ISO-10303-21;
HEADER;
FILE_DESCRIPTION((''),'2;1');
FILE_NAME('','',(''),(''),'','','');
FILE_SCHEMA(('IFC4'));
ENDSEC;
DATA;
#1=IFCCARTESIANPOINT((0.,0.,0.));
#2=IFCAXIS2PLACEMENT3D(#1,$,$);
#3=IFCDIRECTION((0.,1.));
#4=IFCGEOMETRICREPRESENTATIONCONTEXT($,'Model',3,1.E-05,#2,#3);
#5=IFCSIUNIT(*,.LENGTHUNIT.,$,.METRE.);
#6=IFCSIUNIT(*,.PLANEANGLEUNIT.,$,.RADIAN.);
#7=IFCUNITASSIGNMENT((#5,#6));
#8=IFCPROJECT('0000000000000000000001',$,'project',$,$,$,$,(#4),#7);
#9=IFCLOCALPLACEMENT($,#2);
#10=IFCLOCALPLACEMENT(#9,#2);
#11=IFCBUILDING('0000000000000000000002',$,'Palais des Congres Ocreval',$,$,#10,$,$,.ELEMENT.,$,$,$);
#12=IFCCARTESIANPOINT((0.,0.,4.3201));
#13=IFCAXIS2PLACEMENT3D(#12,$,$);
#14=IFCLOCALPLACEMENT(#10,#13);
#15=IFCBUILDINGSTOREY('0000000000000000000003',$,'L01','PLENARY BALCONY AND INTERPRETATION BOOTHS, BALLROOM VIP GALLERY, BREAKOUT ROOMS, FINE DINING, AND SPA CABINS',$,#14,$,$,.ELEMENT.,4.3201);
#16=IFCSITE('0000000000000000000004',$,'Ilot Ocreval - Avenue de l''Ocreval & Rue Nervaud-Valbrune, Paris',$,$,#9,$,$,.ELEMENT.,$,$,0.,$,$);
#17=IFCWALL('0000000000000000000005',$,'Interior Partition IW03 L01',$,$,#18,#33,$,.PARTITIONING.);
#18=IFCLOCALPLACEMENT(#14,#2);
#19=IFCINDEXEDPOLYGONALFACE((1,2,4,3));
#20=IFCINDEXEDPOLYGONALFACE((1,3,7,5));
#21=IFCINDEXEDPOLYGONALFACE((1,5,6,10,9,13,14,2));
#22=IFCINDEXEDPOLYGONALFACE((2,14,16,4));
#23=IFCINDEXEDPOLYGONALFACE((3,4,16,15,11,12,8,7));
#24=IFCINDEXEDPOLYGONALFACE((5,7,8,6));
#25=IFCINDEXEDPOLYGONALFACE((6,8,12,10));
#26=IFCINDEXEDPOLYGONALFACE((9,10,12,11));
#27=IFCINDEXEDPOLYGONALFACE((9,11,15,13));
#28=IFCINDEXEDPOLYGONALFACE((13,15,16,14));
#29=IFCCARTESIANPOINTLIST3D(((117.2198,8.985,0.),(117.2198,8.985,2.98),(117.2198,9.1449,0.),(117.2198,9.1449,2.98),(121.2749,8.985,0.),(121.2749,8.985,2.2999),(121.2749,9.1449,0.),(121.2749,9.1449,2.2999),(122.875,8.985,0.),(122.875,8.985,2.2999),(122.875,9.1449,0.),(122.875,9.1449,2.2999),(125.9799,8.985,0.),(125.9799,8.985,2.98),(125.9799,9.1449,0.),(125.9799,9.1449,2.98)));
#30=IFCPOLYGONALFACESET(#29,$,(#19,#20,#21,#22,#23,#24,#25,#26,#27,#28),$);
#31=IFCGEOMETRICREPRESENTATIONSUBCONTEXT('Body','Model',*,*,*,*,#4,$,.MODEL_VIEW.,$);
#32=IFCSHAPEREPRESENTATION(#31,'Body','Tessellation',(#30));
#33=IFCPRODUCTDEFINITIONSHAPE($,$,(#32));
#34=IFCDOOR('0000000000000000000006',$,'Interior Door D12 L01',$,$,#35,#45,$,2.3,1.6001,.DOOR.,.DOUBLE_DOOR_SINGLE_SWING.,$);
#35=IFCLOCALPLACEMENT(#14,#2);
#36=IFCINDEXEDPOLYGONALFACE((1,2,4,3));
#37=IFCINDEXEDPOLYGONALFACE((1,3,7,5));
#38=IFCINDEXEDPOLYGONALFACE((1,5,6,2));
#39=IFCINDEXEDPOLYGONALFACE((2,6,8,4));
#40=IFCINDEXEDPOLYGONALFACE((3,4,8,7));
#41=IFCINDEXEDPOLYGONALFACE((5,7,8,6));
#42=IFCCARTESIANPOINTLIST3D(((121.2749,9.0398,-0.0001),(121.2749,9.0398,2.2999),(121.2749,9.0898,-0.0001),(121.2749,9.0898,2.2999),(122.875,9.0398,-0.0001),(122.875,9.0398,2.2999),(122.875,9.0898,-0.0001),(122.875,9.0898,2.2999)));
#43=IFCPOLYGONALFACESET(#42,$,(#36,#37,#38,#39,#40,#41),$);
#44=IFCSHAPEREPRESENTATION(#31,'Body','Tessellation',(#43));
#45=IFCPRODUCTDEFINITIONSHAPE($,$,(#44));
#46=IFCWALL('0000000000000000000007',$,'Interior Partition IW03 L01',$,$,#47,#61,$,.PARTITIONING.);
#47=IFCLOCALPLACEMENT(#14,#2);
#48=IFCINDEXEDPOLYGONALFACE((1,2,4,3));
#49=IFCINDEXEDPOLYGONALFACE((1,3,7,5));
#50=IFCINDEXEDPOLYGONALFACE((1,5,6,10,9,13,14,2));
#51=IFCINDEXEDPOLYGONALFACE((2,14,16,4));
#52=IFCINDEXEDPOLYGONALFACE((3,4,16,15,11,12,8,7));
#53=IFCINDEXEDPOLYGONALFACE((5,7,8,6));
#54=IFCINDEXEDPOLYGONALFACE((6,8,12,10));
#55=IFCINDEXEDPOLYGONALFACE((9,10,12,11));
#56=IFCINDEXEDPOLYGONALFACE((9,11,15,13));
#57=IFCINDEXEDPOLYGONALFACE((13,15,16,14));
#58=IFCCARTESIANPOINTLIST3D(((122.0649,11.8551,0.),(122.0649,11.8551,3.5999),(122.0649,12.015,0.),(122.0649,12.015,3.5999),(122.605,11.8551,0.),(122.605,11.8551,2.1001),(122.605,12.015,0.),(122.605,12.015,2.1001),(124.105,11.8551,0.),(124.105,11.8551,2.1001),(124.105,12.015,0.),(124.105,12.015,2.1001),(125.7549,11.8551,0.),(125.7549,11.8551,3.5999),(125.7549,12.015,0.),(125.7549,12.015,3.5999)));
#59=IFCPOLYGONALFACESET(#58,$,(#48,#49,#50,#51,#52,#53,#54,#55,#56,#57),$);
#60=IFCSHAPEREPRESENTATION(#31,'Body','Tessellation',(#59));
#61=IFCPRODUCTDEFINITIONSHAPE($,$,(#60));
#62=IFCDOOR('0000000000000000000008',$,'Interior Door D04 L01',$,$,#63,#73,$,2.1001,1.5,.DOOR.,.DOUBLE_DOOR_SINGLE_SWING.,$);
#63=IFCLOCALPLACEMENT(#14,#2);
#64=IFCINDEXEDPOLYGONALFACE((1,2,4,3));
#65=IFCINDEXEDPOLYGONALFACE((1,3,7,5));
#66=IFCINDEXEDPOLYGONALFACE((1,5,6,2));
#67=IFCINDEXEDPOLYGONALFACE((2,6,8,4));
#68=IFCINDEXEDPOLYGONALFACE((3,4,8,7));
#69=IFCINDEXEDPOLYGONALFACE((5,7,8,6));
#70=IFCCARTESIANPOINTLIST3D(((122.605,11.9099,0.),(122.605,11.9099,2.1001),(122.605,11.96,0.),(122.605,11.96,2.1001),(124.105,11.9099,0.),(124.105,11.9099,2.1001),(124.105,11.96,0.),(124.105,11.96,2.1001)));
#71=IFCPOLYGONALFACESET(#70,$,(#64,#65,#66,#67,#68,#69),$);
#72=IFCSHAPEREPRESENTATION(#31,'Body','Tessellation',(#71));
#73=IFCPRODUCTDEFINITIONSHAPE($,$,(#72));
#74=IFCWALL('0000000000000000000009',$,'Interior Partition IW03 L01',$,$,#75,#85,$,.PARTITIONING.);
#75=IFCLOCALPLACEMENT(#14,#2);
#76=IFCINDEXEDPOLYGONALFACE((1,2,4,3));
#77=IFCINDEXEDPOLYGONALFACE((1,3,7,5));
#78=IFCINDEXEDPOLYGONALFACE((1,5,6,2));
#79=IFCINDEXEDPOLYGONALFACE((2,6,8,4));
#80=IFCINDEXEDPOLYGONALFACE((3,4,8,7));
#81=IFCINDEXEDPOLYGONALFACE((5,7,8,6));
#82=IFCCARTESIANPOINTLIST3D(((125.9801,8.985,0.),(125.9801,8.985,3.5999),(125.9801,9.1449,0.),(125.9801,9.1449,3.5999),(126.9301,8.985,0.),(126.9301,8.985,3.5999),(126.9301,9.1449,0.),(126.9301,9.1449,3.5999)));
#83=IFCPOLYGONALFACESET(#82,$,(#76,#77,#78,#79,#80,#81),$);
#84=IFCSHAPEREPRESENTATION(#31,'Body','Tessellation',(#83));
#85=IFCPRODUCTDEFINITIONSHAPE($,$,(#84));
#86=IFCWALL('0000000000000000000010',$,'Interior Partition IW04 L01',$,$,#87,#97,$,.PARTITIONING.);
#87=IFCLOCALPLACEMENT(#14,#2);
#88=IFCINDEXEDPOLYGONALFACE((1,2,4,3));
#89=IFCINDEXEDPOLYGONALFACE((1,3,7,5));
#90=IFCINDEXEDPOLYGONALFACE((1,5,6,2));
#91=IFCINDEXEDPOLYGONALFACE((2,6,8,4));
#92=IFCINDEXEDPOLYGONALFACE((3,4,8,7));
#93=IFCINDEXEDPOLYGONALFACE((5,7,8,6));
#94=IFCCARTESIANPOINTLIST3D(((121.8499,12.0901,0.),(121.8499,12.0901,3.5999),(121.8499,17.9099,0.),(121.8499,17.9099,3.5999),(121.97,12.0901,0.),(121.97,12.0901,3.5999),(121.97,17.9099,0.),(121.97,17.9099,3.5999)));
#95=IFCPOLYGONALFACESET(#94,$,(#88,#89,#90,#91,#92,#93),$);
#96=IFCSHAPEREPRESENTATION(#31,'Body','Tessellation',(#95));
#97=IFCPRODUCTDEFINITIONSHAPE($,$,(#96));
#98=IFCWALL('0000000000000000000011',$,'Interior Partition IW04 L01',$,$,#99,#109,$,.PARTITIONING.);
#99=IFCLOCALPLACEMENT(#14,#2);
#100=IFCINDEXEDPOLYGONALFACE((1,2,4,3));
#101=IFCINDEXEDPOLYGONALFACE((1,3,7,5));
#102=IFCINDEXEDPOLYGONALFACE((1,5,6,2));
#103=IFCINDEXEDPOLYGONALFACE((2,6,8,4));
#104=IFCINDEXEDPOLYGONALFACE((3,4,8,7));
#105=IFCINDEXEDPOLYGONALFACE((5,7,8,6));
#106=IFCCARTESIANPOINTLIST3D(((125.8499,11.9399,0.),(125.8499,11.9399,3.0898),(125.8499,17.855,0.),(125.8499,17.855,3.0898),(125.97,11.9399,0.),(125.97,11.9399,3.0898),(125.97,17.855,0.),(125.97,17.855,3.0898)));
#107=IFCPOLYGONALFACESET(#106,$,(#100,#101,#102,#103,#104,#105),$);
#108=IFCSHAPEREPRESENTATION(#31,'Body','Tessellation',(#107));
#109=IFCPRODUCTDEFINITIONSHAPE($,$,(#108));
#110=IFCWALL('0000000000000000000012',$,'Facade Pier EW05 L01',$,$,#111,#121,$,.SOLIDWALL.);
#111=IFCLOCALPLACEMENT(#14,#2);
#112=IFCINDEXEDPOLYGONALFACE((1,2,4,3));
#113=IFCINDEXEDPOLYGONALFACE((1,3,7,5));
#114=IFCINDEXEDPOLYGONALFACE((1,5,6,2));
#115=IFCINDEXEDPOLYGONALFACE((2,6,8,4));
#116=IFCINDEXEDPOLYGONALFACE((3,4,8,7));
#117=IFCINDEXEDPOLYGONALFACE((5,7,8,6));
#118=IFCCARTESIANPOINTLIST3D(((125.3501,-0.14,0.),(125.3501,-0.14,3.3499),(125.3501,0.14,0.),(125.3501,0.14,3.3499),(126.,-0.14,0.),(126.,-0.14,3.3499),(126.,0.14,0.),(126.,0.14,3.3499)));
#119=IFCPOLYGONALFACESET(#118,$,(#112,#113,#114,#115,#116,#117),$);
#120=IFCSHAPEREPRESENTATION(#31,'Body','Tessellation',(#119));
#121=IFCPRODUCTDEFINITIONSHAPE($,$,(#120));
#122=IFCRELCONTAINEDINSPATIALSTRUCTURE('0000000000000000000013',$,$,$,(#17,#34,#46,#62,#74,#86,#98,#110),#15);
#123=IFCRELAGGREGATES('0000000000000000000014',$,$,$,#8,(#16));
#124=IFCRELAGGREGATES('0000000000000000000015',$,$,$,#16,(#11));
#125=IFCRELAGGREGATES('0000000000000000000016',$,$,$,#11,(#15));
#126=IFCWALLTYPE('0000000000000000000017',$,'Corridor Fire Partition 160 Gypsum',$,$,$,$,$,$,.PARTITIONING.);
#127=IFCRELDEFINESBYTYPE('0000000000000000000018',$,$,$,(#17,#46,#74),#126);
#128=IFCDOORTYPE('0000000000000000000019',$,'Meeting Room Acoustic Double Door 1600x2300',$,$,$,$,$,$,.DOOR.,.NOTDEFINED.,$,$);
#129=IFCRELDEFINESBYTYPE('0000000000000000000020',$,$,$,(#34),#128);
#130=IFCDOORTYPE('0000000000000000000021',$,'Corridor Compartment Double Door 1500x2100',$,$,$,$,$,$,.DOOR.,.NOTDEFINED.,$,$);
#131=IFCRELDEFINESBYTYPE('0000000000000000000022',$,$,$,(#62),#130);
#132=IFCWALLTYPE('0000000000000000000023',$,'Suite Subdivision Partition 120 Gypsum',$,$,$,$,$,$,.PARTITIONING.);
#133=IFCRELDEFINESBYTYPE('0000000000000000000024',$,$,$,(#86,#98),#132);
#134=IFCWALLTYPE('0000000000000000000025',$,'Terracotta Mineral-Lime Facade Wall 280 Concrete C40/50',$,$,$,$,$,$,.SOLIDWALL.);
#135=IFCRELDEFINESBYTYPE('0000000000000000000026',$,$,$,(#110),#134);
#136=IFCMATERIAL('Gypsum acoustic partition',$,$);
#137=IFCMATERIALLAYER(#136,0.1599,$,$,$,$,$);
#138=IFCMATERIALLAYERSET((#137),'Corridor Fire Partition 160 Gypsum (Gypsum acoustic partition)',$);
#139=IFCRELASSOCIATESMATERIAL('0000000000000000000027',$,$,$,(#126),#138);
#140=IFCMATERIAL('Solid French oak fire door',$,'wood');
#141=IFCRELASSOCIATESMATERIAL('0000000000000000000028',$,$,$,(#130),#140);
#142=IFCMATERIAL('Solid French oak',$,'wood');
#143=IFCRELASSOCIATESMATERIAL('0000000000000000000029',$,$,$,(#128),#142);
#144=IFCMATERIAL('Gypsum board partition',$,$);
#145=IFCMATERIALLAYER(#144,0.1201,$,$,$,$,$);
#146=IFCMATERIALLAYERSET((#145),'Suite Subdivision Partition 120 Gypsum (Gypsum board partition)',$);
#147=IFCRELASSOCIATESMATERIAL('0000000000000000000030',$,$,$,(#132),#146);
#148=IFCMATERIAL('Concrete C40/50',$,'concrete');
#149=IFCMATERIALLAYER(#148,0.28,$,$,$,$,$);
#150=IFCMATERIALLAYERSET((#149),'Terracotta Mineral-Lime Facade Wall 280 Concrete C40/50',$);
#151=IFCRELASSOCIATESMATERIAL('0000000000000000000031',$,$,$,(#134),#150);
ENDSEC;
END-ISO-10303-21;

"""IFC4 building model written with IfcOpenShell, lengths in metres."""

from ifc_helpers import new_model, si_unit, direction, frame, frame_2d, origin, place, context, subcontext, project, spatial, rectangle, extrude, material, layer, layer_set, type_object, element, fill, save


model = new_model("IFC4")

# Units and contexts
model_context = context("Model", 3, precision=1e-05, world=origin(), true_north=direction((0.0, 1.0)))
body_context = subcontext(model_context, "Body", "Model", "MODEL_VIEW")
ifc_project = project(units=[si_unit("LENGTHUNIT", "METRE"), si_unit("PLANEANGLEUNIT", "RADIAN")], contexts=[model_context])

# Site, building, storey
site_placement = place(None, origin())
site = spatial("IfcSite", under=ifc_project, at=site_placement, Name="Ilot Ocreval - Avenue de l'Ocreval & Rue Nervaud-Valbrune, Paris", CompositionType="ELEMENT", RefElevation=0.0)
building_placement = place(site_placement, origin())
building = spatial("IfcBuilding", under=site, at=building_placement, Name="Palais des Congres Ocreval", CompositionType="ELEMENT")
storey_placement = place(building_placement, frame((0.0, 0.0, 4.3201)))
storey = spatial("IfcBuildingStorey", under=building, at=storey_placement, Name="L01", Description="PLENARY BALCONY AND INTERPRETATION BOOTHS, BALLROOM VIP GALLERY, BREAKOUT ROOMS, FINE DINING, AND SPA CABINS", CompositionType="ELEMENT", Elevation=4.3201)

# Shared definitions
ifc_material_1 = material(Name="Gypsum acoustic partition")
ifc_layer_1 = layer(ifc_material_1, 0.1599)
ifc_layer_set_1 = layer_set([ifc_layer_1], Name="Corridor Fire Partition 160 Gypsum (Gypsum acoustic partition)")
wall_type_1 = type_object("IfcWallType", Name="Corridor Fire Partition 160 Gypsum", PredefinedType="PARTITIONING", material=ifc_layer_set_1)

# Walls, openings, doors
ifc_material_2 = material(Name="Solid French oak fire door", Category="wood")
door_type_1 = type_object("IfcDoorType", Name="Corridor Compartment Double Door 1500x2100", OperationType="NOTDEFINED", PredefinedType="DOOR", material=ifc_material_2)
wall_1_placement = place(storey_placement, frame((117.22, 9.0649, 0.0), z_axis=(0.0, 0.0, 1.0), x_axis=(1.0, 0.0, 0.0)))
wall_1 = element("IfcWall", 1, at=wall_1_placement, inside=storey, type_object=wall_type_1, Name="Interior Partition IW03 L01", PredefinedType="PARTITIONING", context=body_context, shape_type="SweptSolid", body=[
    extrude(rectangle(XDim=8.76, YDim=0.1599, at=frame_2d((4.3799, 0.0))), origin(), (0.0, 0.0, 1.0), 2.98),
])
opening_1_placement = place(wall_1_placement, frame((4.0549, 0.0, 0.0)))
opening_1 = element("IfcOpeningElement", 2, at=opening_1_placement, cuts=wall_1, PredefinedType="OPENING", context=body_context, shape_type="SweptSolid", body=[
    extrude(rectangle(XDim=1.6001, YDim=2.3, at=frame_2d((0.8, 1.1499))), frame((0.0, 0.0898, 0.0), z_axis=(0.0, -1.0, 0.0), x_axis=(1.0, 0.0, 0.0)), (0.0, 0.0, 1.0), 0.1799),
])
ifc_material_3 = material(Name="Solid French oak", Category="wood")
door_type_2 = type_object("IfcDoorType", Name="Meeting Room Acoustic Double Door 1600x2300", OperationType="NOTDEFINED", PredefinedType="DOOR", material=ifc_material_3)
door_1_placement = place(opening_1_placement, origin())
door_1 = element("IfcDoor", 3, at=door_1_placement, inside=storey, type_object=door_type_2, Name="Interior Door D12 L01", OperationType="DOUBLE_DOOR_SINGLE_SWING", OverallHeight=2.3, OverallWidth=1.6001, PredefinedType="DOOR", context=body_context, shape_type="SweptSolid", body=[
    extrude(rectangle(XDim=1.6001, YDim=2.3, at=frame_2d((0.8, 1.1499))), frame((0.0, 0.0249, 0.0), z_axis=(0.0, -1.0, 0.0), x_axis=(1.0, 0.0, 0.0)), (0.0, 0.0, 1.0), 0.05),
])
fill(opening_1, door_1)
wall_2_placement = place(storey_placement, frame((122.0649, 11.9351, 0.0), z_axis=(0.0, 0.0, 1.0), x_axis=(1.0, 0.0, 0.0)))
wall_2 = element("IfcWall", 4, at=wall_2_placement, inside=storey, type_object=wall_type_1, Name="Interior Partition IW03 L01", PredefinedType="PARTITIONING", context=body_context, shape_type="SweptSolid", body=[
    extrude(rectangle(XDim=3.6899, YDim=0.1599, at=frame_2d((1.845, 0.0))), origin(), (0.0, 0.0, 1.0), 3.5999),
])
opening_2_placement = place(wall_2_placement, frame((0.54, 0.0, 0.0)))
opening_2 = element("IfcOpeningElement", 5, at=opening_2_placement, cuts=wall_2, PredefinedType="OPENING", context=body_context, shape_type="SweptSolid", body=[
    extrude(rectangle(XDim=1.5, YDim=2.1001, at=frame_2d((0.75, 1.05))), frame((0.0, 0.0898, 0.0), z_axis=(0.0, -1.0, 0.0), x_axis=(1.0, 0.0, 0.0)), (0.0, 0.0, 1.0), 0.1799),
])
door_2_placement = place(opening_2_placement, origin())
door_2 = element("IfcDoor", 6, at=door_2_placement, inside=storey, type_object=door_type_1, Name="Interior Door D04 L01", OperationType="DOUBLE_DOOR_SINGLE_SWING", OverallHeight=2.1001, OverallWidth=1.5, PredefinedType="DOOR", context=body_context, shape_type="SweptSolid", body=[
    extrude(rectangle(XDim=1.5, YDim=2.1001, at=frame_2d((0.75, 1.05))), frame((0.0, 0.0249, 0.0), z_axis=(0.0, -1.0, 0.0), x_axis=(1.0, 0.0, 0.0)), (0.0, 0.0, 1.0), 0.05),
])
fill(opening_2, door_2)

# Walls
wall_3_placement = place(storey_placement, frame((125.98, 9.0649, 0.0), z_axis=(0.0, 0.0, 1.0), x_axis=(1.0, 0.0, 0.0)))
element("IfcWall", 7, at=wall_3_placement, inside=storey, type_object=wall_type_1, Name="Interior Partition IW03 L01", PredefinedType="PARTITIONING", context=body_context, shape_type="SweptSolid", body=[
    extrude(rectangle(XDim=0.95, YDim=0.1599, at=frame_2d((0.4751, 0.0))), origin(), (0.0, 0.0, 1.0), 3.5999),
])
ifc_material_4 = material(Name="Gypsum board partition")
ifc_layer_2 = layer(ifc_material_4, 0.1201)
ifc_layer_set_2 = layer_set([ifc_layer_2], Name="Suite Subdivision Partition 120 Gypsum (Gypsum board partition)")
wall_type_2 = type_object("IfcWallType", Name="Suite Subdivision Partition 120 Gypsum", PredefinedType="PARTITIONING", material=ifc_layer_set_2)
wall_4_placement = place(storey_placement, frame((121.9099, 12.0901, 0.0), z_axis=(0.0, 0.0, 1.0), x_axis=(0.0, 1.0, 0.0)))
element("IfcWall", 8, at=wall_4_placement, inside=storey, type_object=wall_type_2, Name="Interior Partition IW04 L01", PredefinedType="PARTITIONING", context=body_context, shape_type="SweptSolid", body=[
    extrude(rectangle(XDim=5.8198, YDim=0.1201, at=frame_2d((2.9099, 0.0))), origin(), (0.0, 0.0, 1.0), 3.5999),
])
wall_5_placement = place(storey_placement, frame((125.9099, 11.9399, 0.0), z_axis=(0.0, 0.0, 1.0), x_axis=(0.0, 1.0, 0.0)))
element("IfcWall", 9, at=wall_5_placement, inside=storey, type_object=wall_type_2, Name="Interior Partition IW04 L01", PredefinedType="PARTITIONING", context=body_context, shape_type="SweptSolid", body=[
    extrude(rectangle(XDim=5.915, YDim=0.1201, at=frame_2d((2.9575, 0.0))), origin(), (0.0, 0.0, 1.0), 3.0898),
])
ifc_material_5 = material(Name="Concrete C40/50", Category="concrete")
ifc_layer_3 = layer(ifc_material_5, 0.28)
ifc_layer_set_3 = layer_set([ifc_layer_3], Name="Terracotta Mineral-Lime Facade Wall 280 Concrete C40/50")
wall_type_3 = type_object("IfcWallType", Name="Terracotta Mineral-Lime Facade Wall 280 Concrete C40/50", PredefinedType="SOLIDWALL", material=ifc_layer_set_3)
wall_6_placement = place(storey_placement, frame((126.0, 0.0, 0.0), z_axis=(0.0, 0.0, 1.0), x_axis=(-1.0, 0.0, 0.0)))
element("IfcWall", 10, at=wall_6_placement, inside=storey, type_object=wall_type_3, Name="Facade Pier EW05 L01", PredefinedType="SOLIDWALL", context=body_context, shape_type="SweptSolid", body=[
    extrude(rectangle(XDim=0.6499, YDim=0.28, at=frame_2d((0.325, 0.0))), origin(), (0.0, 0.0, 1.0), 3.3499),
])

save(model, "model.ifc")
